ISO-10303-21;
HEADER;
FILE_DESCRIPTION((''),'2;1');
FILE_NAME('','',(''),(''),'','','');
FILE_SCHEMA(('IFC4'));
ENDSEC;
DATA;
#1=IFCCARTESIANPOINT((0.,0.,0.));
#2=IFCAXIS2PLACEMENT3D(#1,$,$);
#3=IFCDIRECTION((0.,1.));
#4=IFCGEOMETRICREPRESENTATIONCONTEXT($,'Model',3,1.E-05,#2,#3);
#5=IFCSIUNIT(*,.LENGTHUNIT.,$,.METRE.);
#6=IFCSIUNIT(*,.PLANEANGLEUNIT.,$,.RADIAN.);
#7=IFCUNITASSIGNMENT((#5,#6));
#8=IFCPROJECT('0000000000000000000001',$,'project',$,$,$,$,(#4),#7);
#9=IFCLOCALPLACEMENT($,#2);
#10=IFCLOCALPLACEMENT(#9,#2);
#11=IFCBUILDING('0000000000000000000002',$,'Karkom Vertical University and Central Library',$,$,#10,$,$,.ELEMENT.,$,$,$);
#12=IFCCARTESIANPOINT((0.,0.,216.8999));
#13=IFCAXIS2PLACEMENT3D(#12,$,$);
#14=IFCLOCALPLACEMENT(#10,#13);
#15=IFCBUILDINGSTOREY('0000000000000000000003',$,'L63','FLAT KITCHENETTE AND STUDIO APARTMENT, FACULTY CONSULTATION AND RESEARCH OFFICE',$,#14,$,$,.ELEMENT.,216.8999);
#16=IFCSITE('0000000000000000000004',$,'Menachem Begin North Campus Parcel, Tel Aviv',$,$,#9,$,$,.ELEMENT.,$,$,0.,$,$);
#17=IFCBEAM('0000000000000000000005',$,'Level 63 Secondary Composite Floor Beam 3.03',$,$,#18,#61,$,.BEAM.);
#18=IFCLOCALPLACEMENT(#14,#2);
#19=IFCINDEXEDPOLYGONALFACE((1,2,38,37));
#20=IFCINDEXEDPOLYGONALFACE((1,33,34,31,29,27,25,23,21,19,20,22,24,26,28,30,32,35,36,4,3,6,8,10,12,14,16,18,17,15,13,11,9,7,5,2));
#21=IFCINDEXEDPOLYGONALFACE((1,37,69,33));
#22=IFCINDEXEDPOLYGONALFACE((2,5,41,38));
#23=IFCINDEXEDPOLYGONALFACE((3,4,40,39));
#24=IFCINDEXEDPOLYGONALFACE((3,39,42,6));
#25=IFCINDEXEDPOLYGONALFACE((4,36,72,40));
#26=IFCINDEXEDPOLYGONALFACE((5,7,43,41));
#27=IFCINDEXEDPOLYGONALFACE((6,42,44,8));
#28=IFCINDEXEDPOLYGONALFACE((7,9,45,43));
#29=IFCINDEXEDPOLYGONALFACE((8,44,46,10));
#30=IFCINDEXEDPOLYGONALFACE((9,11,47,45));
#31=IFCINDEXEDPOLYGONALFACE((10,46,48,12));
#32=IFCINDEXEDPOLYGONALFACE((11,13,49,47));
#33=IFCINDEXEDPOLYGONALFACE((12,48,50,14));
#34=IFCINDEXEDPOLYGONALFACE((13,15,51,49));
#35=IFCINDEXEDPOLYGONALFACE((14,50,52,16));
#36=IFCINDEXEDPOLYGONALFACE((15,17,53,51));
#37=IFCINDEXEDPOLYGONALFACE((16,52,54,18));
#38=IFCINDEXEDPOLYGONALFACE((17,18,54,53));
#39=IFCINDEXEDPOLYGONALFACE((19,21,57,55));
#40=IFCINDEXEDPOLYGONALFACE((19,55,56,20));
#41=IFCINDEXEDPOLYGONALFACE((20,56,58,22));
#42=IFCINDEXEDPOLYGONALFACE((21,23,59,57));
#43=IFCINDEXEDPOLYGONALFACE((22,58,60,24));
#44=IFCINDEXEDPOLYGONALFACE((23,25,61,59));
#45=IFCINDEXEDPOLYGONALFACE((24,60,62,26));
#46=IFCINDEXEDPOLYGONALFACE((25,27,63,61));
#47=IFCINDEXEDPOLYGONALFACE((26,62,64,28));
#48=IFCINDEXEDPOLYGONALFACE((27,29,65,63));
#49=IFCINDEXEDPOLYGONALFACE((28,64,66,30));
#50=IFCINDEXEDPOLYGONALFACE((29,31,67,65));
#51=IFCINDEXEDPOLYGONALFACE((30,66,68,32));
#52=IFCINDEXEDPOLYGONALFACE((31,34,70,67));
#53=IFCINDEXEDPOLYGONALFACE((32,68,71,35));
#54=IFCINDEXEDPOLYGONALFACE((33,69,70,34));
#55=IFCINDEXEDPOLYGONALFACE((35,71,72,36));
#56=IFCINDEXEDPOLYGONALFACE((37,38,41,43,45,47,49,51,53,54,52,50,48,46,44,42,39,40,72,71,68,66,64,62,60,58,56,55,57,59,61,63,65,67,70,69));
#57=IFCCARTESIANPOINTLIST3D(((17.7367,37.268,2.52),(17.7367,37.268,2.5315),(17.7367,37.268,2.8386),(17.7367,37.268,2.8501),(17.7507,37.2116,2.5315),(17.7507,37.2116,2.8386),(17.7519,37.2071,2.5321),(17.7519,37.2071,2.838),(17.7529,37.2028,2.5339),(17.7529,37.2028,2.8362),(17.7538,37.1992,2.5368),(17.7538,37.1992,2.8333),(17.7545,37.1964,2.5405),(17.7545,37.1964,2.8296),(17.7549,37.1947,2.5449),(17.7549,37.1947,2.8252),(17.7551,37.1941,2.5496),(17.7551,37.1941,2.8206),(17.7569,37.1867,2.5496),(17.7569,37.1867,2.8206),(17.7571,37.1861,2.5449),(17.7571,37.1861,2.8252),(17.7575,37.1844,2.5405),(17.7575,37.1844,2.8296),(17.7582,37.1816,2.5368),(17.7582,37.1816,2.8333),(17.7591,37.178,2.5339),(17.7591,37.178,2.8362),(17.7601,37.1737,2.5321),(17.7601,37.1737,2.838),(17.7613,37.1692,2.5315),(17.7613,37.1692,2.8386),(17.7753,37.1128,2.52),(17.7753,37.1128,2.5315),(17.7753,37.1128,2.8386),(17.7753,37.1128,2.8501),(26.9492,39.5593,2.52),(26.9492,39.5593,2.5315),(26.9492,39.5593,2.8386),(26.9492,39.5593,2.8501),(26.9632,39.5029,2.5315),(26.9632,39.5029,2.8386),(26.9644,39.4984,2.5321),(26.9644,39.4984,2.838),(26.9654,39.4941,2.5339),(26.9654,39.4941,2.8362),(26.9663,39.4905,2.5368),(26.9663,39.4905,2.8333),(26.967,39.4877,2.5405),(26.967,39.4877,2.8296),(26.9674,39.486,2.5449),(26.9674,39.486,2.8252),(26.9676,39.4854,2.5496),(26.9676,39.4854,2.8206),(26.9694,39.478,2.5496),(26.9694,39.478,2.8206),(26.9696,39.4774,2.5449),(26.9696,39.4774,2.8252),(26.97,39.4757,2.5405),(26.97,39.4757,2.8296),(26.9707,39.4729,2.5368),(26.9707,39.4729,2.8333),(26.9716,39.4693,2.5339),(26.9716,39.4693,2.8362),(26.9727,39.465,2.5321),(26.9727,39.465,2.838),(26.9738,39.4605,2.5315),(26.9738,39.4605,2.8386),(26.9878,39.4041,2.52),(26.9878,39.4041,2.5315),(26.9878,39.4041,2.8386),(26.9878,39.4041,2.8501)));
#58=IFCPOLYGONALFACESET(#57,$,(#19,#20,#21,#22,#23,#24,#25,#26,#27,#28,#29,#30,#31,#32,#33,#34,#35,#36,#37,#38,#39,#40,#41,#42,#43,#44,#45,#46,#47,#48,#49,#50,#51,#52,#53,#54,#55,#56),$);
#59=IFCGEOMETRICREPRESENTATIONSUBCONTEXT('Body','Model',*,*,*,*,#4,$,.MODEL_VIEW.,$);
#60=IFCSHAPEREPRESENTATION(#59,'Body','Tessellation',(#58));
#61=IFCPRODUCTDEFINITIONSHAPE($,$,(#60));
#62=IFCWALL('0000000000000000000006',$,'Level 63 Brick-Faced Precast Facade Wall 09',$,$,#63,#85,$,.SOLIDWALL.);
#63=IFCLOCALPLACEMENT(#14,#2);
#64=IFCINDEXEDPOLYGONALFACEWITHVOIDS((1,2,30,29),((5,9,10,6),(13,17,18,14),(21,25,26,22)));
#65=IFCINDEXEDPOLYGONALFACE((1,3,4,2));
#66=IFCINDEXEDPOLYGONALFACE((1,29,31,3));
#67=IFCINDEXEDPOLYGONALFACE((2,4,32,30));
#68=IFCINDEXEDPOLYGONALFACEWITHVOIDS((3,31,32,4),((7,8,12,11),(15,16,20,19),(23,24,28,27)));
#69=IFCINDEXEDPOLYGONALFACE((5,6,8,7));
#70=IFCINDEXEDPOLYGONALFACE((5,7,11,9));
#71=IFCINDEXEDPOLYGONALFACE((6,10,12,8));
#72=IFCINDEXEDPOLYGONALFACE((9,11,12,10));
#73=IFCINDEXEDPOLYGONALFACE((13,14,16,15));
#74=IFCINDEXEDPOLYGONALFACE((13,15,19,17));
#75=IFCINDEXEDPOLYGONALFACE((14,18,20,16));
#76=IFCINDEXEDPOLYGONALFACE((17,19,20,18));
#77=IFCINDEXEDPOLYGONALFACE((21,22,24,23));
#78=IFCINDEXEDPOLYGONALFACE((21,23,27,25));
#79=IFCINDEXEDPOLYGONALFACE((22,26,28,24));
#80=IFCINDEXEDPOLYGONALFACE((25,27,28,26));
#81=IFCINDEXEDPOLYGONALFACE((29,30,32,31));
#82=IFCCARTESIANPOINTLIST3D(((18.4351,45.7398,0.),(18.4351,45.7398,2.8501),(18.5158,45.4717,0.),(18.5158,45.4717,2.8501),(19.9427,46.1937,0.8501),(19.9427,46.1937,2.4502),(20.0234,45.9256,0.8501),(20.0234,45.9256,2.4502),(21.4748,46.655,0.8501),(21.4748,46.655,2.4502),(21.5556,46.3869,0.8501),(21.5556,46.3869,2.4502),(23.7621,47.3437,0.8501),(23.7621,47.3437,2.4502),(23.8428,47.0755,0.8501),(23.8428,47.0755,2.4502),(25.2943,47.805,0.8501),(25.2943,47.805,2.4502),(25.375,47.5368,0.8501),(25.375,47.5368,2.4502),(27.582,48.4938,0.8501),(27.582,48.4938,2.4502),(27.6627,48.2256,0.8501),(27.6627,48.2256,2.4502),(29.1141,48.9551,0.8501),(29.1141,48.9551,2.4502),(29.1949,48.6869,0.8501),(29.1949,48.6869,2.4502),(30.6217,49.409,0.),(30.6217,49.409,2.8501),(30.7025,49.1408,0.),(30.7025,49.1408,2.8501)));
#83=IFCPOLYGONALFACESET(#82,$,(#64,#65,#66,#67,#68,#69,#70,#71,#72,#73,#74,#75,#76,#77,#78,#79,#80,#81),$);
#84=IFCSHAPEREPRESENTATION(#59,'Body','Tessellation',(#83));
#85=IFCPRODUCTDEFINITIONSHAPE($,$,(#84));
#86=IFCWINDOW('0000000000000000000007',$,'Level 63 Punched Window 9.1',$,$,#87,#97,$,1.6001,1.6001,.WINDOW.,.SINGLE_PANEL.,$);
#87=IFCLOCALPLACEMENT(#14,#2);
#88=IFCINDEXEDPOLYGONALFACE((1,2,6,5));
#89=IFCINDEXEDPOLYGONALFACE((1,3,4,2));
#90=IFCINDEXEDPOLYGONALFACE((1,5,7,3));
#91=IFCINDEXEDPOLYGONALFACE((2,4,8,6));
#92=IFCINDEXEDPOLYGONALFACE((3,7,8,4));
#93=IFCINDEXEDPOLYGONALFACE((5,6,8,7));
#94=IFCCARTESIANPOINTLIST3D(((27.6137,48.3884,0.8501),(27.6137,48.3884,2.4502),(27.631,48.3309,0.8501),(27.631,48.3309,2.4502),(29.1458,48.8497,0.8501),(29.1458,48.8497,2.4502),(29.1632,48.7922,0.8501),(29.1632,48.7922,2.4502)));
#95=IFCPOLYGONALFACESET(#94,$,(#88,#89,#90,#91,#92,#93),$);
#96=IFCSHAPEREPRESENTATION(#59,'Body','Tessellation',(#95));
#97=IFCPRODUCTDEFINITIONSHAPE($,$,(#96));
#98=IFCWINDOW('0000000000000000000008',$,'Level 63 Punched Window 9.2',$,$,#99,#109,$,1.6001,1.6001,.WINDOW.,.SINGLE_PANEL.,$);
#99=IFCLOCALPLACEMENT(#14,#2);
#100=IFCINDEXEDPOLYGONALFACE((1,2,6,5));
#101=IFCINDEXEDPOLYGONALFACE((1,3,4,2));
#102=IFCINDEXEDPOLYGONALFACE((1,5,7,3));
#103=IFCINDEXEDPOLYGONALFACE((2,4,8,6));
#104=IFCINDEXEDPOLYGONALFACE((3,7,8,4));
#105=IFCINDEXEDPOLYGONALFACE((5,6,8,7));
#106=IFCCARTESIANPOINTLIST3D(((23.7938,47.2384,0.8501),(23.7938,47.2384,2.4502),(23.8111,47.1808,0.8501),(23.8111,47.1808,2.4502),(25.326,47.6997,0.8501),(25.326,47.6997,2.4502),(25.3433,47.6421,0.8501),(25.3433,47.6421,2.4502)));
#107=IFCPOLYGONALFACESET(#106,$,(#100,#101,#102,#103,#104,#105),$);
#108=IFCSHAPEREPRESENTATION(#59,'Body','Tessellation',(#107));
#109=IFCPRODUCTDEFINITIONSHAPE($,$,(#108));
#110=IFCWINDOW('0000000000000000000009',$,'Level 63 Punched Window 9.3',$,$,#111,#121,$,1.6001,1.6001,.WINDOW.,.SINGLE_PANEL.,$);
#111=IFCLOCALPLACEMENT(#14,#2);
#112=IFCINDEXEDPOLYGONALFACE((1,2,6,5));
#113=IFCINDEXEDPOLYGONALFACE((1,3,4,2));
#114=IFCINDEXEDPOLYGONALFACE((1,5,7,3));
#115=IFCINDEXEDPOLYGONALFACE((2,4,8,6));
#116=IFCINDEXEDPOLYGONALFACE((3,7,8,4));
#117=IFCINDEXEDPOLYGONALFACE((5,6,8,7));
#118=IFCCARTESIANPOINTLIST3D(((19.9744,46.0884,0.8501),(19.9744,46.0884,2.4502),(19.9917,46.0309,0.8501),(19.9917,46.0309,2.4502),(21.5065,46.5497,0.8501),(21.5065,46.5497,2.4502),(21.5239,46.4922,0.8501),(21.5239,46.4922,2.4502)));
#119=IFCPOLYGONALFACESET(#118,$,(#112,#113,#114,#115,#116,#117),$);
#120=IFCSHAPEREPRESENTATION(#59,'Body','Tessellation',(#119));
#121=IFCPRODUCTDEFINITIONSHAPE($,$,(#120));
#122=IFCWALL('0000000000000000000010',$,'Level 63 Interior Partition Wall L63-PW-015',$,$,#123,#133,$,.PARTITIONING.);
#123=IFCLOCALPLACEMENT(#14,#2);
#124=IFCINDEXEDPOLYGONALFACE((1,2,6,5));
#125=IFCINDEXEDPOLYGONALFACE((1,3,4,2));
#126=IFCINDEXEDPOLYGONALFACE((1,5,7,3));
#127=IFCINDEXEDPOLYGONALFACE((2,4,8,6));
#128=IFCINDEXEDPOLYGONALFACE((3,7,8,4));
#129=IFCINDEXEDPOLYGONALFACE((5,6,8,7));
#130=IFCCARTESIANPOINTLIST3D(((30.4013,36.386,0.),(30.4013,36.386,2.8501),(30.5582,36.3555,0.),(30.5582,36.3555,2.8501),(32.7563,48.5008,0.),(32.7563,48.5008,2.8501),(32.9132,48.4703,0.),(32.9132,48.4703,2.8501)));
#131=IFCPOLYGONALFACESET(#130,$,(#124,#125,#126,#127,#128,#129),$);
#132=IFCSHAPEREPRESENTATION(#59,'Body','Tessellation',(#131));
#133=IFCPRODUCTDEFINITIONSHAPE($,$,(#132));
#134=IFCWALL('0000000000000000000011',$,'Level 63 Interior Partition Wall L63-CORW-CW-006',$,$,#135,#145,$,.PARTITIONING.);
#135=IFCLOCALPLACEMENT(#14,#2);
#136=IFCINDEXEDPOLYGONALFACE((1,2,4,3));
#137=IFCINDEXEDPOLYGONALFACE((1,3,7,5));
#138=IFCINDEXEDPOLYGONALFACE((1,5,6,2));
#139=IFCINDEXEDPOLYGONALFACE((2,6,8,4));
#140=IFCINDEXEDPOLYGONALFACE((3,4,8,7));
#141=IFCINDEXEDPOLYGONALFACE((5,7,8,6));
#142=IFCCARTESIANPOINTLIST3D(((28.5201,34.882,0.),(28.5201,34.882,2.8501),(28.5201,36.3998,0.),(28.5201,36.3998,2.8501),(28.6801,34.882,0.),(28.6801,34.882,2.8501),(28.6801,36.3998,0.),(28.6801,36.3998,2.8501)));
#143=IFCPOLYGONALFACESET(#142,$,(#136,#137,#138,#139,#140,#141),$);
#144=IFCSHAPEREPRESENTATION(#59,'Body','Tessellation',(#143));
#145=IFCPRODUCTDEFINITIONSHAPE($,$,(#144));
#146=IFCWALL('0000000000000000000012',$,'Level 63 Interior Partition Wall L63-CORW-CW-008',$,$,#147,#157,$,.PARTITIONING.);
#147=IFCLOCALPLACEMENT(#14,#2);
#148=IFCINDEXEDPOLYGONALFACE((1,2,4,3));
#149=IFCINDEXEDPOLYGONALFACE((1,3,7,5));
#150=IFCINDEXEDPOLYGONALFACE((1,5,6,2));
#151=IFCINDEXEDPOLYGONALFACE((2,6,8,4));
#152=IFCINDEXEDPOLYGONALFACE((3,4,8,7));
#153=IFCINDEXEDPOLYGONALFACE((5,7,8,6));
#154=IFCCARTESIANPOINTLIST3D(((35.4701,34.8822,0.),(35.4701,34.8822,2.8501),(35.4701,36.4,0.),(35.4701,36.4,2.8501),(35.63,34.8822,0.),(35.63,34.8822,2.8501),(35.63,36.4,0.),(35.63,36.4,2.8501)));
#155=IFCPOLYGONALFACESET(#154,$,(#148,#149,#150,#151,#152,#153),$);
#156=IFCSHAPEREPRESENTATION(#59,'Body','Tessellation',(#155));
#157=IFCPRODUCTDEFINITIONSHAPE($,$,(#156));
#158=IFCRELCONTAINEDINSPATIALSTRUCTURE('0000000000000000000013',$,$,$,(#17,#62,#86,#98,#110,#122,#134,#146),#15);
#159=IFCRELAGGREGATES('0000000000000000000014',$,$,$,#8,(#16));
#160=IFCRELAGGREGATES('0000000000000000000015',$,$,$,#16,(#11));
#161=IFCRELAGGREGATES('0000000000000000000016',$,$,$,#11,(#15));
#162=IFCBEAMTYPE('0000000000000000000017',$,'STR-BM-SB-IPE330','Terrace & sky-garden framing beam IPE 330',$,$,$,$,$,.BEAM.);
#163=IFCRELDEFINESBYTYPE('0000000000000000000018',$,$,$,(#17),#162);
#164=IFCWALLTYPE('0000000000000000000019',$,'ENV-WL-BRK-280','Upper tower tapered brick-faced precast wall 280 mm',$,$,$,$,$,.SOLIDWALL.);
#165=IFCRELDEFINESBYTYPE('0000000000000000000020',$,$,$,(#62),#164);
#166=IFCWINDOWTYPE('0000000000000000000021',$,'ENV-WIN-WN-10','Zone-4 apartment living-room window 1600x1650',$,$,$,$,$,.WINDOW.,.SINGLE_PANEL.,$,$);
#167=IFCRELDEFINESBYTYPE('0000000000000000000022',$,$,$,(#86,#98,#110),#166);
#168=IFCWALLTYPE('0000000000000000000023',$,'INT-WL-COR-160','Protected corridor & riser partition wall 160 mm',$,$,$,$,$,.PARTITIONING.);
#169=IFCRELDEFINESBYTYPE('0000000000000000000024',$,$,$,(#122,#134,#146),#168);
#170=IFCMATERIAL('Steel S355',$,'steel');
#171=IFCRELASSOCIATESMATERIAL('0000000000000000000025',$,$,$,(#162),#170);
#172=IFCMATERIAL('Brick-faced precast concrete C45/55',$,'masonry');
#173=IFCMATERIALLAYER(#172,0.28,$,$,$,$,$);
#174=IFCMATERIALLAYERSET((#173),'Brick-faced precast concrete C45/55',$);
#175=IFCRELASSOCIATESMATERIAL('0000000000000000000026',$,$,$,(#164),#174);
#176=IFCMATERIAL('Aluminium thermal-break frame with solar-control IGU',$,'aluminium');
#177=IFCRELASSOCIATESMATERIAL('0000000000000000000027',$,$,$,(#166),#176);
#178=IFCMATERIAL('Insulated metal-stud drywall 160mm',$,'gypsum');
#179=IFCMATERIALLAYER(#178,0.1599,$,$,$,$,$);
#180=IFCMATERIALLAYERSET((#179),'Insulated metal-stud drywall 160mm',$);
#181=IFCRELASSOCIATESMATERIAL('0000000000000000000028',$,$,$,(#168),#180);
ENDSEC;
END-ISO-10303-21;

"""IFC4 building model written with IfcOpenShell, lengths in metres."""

from ifc_helpers import new_model, si_unit, direction, frame, frame_2d, origin, origin_with_axes, origin_2d, place, context, subcontext, project, spatial, rectangle, i_section, extrude, source, transform, mapped, material, layer, layer_set, material_profile, profile_set, type_object, element, fill, save


model = new_model("IFC4")

# Units and contexts
model_context = context("Model", 3, precision=1e-05, world=origin(), true_north=direction((0.0, 1.0)))
body_context = subcontext(model_context, "Body", "Model", "MODEL_VIEW")
ifc_project = project(units=[si_unit("LENGTHUNIT", "METRE"), si_unit("PLANEANGLEUNIT", "RADIAN")], contexts=[model_context])

# Site, building, storey
site_placement = place(None, origin())
site = spatial("IfcSite", under=ifc_project, at=site_placement, Name="Menachem Begin North Campus Parcel, Tel Aviv", CompositionType="ELEMENT", RefElevation=0.0)
building_placement = place(site_placement, origin())
building = spatial("IfcBuilding", under=site, at=building_placement, Name="Karkom Vertical University and Central Library", CompositionType="ELEMENT")
storey_placement = place(building_placement, frame((0.0, 0.0, 216.8999)))
storey = spatial("IfcBuildingStorey", under=building, at=storey_placement, Name="L63", Description="FLAT KITCHENETTE AND STUDIO APARTMENT, FACULTY CONSULTATION AND RESEARCH OFFICE", CompositionType="ELEMENT", Elevation=216.8999)

# Beam
ifc_material_1 = material(Name="Steel S355", Category="steel")
ifc_material_profile_1 = material_profile(ifc_material_1, i_section(OverallWidth=0.1599, OverallDepth=0.3301, WebThickness=0.0076, FlangeThickness=0.0115, FilletRadius=0.0181, at=origin_2d()), Name="IPE 330")
ifc_profile_set_1 = profile_set([ifc_material_profile_1], Name="Steel S355")
beam_type_1 = type_object("IfcBeamType", Name="STR-BM-SB-IPE330", Description="Terrace & sky-garden framing beam IPE 330", PredefinedType="BEAM", material=ifc_profile_set_1)
shared_shape_1 = source(origin_with_axes(), body_context, "Body", "SweptSolid", [
    extrude(i_section(OverallWidth=0.1599, OverallDepth=0.3301, WebThickness=0.0076, FlangeThickness=0.0115, FilletRadius=0.0181, at=origin_2d()), origin(), (0.0, 0.0, 1.0), 9.4932),
])
beam_1_placement = place(storey_placement, frame((26.9685, 39.4817, 2.6851), z_axis=(-0.970435, -0.241362, 0.0), x_axis=(0.241362, -0.970435, 0.0)))
element("IfcBeam", 1, at=beam_1_placement, inside=storey, type_object=beam_type_1, Name="Level 63 Secondary Composite Floor Beam 3.03", PredefinedType="BEAM", context=body_context, shape_type="MappedRepresentation", body=[
    mapped(shared_shape_1, transform((0.0, 0.0, 0.0), scale=1.0)),
])

# Wall, openings, windows
ifc_material_2 = material(Name="Brick-faced precast concrete C45/55", Category="masonry")
ifc_layer_1 = layer(ifc_material_2, 0.28)
ifc_layer_set_1 = layer_set([ifc_layer_1], Name="Brick-faced precast concrete C45/55")
wall_type_1 = type_object("IfcWallType", Name="ENV-WL-BRK-280", Description="Upper tower tapered brick-faced precast wall 280 mm", PredefinedType="SOLIDWALL", material=ifc_layer_set_1)
wall_1_placement = place(storey_placement, frame((30.6621, 49.2749, 0.0), z_axis=(0.0, 0.0, 1.0), x_axis=(-0.957541, -0.288296, 0.0)))
wall_1 = element("IfcWall", 2, at=wall_1_placement, inside=storey, type_object=wall_type_1, Name="Level 63 Brick-Faced Precast Facade Wall 09", PredefinedType="SOLIDWALL", context=body_context, shape_type="SweptSolid", body=[
    extrude(rectangle(XDim=12.7271, YDim=0.28, at=frame_2d((6.3635, 0.0))), origin(), (0.0, 0.0, 1.0), 2.8501),
])
opening_1_placement = place(wall_1_placement, frame((1.5745, 0.0, 0.8501)))
opening_1 = element("IfcOpeningElement", 3, at=opening_1_placement, cuts=wall_1, PredefinedType="OPENING", context=body_context, shape_type="SweptSolid", body=[
    extrude(rectangle(XDim=1.6001, YDim=1.6001, at=frame_2d((0.8, 0.8))), frame((0.0, 0.1499, 0.0), z_axis=(0.0, -1.0, 0.0), x_axis=(1.0, 0.0, 0.0)), (0.0, 0.0, 1.0), 0.3),
])
opening_2_placement = place(wall_1_placement, frame((5.5637, 0.0, 0.8501)))
opening_2 = element("IfcOpeningElement", 4, at=opening_2_placement, cuts=wall_1, PredefinedType="OPENING", context=body_context, shape_type="SweptSolid", body=[
    extrude(rectangle(XDim=1.6001, YDim=1.6001, at=frame_2d((0.8, 0.8))), frame((0.0, 0.1499, 0.0), z_axis=(0.0, -1.0, 0.0), x_axis=(1.0, 0.0, 0.0)), (0.0, 0.0, 1.0), 0.3),
])
opening_3_placement = place(wall_1_placement, frame((9.5525, 0.0, 0.8501)))
opening_3 = element("IfcOpeningElement", 5, at=opening_3_placement, cuts=wall_1, PredefinedType="OPENING", context=body_context, shape_type="SweptSolid", body=[
    extrude(rectangle(XDim=1.6001, YDim=1.6001, at=frame_2d((0.8, 0.8))), frame((0.0, 0.1499, 0.0), z_axis=(0.0, -1.0, 0.0), x_axis=(1.0, 0.0, 0.0)), (0.0, 0.0, 1.0), 0.3),
])
ifc_material_3 = material(Name="Aluminium thermal-break frame with solar-control IGU", Category="aluminium")
window_type = type_object("IfcWindowType", Name="ENV-WIN-WN-10", Description="Zone-4 apartment living-room window 1600x1650", PartitioningType="SINGLE_PANEL", PredefinedType="WINDOW", material=ifc_material_3)
shared_shape_2 = source(origin_with_axes(), body_context, "Body", "SweptSolid", [
    extrude(rectangle(XDim=1.6001, YDim=1.6001, at=frame_2d((0.8, 0.8))), frame((0.0, 0.03, 0.0), z_axis=(0.0, -1.0, 0.0), x_axis=(1.0, 0.0, 0.0)), (0.0, 0.0, 1.0), 0.0601),
])
window_1_placement = place(opening_1_placement, origin())
window_1 = element("IfcWindow", 6, at=window_1_placement, inside=storey, type_object=window_type, Name="Level 63 Punched Window 9.1", OverallHeight=1.6001, OverallWidth=1.6001, PartitioningType="SINGLE_PANEL", PredefinedType="WINDOW", context=body_context, shape_type="MappedRepresentation", body=[
    mapped(shared_shape_2, transform((0.0, 0.0, 0.0), scale=1.0)),
])
fill(opening_1, window_1)
window_2_placement = place(opening_2_placement, origin())
window_2 = element("IfcWindow", 7, at=window_2_placement, inside=storey, type_object=window_type, Name="Level 63 Punched Window 9.2", OverallHeight=1.6001, OverallWidth=1.6001, PartitioningType="SINGLE_PANEL", PredefinedType="WINDOW", context=body_context, shape_type="MappedRepresentation", body=[
    mapped(shared_shape_2, transform((0.0, 0.0, 0.0), scale=1.0)),
])
fill(opening_2, window_2)
window_3_placement = place(opening_3_placement, origin())
window_3 = element("IfcWindow", 8, at=window_3_placement, inside=storey, type_object=window_type, Name="Level 63 Punched Window 9.3", OverallHeight=1.6001, OverallWidth=1.6001, PartitioningType="SINGLE_PANEL", PredefinedType="WINDOW", context=body_context, shape_type="MappedRepresentation", body=[
    mapped(shared_shape_2, transform((0.0, 0.0, 0.0), scale=1.0)),
])
fill(opening_3, window_3)

# Wall
ifc_material_4 = material(Name="Insulated metal-stud drywall 160mm", Category="gypsum")
ifc_layer_2 = layer(ifc_material_4, 0.1599)
ifc_layer_set_2 = layer_set([ifc_layer_2], Name="Insulated metal-stud drywall 160mm")
wall_type_2 = type_object("IfcWallType", Name="INT-WL-COR-160", Description="Protected corridor & riser partition wall 160 mm", PredefinedType="PARTITIONING", material=ifc_layer_set_2)
wall_2_placement = place(storey_placement, frame((30.4797, 36.3706, 0.0), z_axis=(0.0, 0.0, 1.0), x_axis=(0.190818, 0.981625, 0.0)))
element("IfcWall", 9, at=wall_2_placement, inside=storey, type_object=wall_type_2, Name="Level 63 Interior Partition Wall L63-PW-015", PredefinedType="PARTITIONING", context=body_context, shape_type="SweptSolid", body=[
    extrude(rectangle(XDim=12.3416, YDim=0.1599, at=frame_2d((6.1709, 0.0))), origin(), (0.0, 0.0, 1.0), 2.8501),
])

# Walls
for number, where, z_axis, x_axis, name in (
    (10, (28.6001, 34.8821, 0.0), (0.0, 0.0, 1.0), (0.0, 1.0, 0.0), "Level 63 Interior Partition Wall L63-CORW-CW-006"),
    (11, (35.55, 36.3999, 0.0), (0.0, 0.0, 1.0), (0.0, -1.0, 0.0), "Level 63 Interior Partition Wall L63-CORW-CW-008"),
):
    element("IfcWall", number, at=place(storey_placement, frame(where, z_axis=z_axis, x_axis=x_axis)), inside=storey, type_object=wall_type_2, Name=name, PredefinedType="PARTITIONING", context=body_context, shape_type="SweptSolid", body=[
        extrude(rectangle(XDim=1.5178, YDim=0.1599, at=frame_2d((0.7588, 0.0))), origin(), (0.0, 0.0, 1.0), 2.8501),
    ])

save(model, "model.ifc")
